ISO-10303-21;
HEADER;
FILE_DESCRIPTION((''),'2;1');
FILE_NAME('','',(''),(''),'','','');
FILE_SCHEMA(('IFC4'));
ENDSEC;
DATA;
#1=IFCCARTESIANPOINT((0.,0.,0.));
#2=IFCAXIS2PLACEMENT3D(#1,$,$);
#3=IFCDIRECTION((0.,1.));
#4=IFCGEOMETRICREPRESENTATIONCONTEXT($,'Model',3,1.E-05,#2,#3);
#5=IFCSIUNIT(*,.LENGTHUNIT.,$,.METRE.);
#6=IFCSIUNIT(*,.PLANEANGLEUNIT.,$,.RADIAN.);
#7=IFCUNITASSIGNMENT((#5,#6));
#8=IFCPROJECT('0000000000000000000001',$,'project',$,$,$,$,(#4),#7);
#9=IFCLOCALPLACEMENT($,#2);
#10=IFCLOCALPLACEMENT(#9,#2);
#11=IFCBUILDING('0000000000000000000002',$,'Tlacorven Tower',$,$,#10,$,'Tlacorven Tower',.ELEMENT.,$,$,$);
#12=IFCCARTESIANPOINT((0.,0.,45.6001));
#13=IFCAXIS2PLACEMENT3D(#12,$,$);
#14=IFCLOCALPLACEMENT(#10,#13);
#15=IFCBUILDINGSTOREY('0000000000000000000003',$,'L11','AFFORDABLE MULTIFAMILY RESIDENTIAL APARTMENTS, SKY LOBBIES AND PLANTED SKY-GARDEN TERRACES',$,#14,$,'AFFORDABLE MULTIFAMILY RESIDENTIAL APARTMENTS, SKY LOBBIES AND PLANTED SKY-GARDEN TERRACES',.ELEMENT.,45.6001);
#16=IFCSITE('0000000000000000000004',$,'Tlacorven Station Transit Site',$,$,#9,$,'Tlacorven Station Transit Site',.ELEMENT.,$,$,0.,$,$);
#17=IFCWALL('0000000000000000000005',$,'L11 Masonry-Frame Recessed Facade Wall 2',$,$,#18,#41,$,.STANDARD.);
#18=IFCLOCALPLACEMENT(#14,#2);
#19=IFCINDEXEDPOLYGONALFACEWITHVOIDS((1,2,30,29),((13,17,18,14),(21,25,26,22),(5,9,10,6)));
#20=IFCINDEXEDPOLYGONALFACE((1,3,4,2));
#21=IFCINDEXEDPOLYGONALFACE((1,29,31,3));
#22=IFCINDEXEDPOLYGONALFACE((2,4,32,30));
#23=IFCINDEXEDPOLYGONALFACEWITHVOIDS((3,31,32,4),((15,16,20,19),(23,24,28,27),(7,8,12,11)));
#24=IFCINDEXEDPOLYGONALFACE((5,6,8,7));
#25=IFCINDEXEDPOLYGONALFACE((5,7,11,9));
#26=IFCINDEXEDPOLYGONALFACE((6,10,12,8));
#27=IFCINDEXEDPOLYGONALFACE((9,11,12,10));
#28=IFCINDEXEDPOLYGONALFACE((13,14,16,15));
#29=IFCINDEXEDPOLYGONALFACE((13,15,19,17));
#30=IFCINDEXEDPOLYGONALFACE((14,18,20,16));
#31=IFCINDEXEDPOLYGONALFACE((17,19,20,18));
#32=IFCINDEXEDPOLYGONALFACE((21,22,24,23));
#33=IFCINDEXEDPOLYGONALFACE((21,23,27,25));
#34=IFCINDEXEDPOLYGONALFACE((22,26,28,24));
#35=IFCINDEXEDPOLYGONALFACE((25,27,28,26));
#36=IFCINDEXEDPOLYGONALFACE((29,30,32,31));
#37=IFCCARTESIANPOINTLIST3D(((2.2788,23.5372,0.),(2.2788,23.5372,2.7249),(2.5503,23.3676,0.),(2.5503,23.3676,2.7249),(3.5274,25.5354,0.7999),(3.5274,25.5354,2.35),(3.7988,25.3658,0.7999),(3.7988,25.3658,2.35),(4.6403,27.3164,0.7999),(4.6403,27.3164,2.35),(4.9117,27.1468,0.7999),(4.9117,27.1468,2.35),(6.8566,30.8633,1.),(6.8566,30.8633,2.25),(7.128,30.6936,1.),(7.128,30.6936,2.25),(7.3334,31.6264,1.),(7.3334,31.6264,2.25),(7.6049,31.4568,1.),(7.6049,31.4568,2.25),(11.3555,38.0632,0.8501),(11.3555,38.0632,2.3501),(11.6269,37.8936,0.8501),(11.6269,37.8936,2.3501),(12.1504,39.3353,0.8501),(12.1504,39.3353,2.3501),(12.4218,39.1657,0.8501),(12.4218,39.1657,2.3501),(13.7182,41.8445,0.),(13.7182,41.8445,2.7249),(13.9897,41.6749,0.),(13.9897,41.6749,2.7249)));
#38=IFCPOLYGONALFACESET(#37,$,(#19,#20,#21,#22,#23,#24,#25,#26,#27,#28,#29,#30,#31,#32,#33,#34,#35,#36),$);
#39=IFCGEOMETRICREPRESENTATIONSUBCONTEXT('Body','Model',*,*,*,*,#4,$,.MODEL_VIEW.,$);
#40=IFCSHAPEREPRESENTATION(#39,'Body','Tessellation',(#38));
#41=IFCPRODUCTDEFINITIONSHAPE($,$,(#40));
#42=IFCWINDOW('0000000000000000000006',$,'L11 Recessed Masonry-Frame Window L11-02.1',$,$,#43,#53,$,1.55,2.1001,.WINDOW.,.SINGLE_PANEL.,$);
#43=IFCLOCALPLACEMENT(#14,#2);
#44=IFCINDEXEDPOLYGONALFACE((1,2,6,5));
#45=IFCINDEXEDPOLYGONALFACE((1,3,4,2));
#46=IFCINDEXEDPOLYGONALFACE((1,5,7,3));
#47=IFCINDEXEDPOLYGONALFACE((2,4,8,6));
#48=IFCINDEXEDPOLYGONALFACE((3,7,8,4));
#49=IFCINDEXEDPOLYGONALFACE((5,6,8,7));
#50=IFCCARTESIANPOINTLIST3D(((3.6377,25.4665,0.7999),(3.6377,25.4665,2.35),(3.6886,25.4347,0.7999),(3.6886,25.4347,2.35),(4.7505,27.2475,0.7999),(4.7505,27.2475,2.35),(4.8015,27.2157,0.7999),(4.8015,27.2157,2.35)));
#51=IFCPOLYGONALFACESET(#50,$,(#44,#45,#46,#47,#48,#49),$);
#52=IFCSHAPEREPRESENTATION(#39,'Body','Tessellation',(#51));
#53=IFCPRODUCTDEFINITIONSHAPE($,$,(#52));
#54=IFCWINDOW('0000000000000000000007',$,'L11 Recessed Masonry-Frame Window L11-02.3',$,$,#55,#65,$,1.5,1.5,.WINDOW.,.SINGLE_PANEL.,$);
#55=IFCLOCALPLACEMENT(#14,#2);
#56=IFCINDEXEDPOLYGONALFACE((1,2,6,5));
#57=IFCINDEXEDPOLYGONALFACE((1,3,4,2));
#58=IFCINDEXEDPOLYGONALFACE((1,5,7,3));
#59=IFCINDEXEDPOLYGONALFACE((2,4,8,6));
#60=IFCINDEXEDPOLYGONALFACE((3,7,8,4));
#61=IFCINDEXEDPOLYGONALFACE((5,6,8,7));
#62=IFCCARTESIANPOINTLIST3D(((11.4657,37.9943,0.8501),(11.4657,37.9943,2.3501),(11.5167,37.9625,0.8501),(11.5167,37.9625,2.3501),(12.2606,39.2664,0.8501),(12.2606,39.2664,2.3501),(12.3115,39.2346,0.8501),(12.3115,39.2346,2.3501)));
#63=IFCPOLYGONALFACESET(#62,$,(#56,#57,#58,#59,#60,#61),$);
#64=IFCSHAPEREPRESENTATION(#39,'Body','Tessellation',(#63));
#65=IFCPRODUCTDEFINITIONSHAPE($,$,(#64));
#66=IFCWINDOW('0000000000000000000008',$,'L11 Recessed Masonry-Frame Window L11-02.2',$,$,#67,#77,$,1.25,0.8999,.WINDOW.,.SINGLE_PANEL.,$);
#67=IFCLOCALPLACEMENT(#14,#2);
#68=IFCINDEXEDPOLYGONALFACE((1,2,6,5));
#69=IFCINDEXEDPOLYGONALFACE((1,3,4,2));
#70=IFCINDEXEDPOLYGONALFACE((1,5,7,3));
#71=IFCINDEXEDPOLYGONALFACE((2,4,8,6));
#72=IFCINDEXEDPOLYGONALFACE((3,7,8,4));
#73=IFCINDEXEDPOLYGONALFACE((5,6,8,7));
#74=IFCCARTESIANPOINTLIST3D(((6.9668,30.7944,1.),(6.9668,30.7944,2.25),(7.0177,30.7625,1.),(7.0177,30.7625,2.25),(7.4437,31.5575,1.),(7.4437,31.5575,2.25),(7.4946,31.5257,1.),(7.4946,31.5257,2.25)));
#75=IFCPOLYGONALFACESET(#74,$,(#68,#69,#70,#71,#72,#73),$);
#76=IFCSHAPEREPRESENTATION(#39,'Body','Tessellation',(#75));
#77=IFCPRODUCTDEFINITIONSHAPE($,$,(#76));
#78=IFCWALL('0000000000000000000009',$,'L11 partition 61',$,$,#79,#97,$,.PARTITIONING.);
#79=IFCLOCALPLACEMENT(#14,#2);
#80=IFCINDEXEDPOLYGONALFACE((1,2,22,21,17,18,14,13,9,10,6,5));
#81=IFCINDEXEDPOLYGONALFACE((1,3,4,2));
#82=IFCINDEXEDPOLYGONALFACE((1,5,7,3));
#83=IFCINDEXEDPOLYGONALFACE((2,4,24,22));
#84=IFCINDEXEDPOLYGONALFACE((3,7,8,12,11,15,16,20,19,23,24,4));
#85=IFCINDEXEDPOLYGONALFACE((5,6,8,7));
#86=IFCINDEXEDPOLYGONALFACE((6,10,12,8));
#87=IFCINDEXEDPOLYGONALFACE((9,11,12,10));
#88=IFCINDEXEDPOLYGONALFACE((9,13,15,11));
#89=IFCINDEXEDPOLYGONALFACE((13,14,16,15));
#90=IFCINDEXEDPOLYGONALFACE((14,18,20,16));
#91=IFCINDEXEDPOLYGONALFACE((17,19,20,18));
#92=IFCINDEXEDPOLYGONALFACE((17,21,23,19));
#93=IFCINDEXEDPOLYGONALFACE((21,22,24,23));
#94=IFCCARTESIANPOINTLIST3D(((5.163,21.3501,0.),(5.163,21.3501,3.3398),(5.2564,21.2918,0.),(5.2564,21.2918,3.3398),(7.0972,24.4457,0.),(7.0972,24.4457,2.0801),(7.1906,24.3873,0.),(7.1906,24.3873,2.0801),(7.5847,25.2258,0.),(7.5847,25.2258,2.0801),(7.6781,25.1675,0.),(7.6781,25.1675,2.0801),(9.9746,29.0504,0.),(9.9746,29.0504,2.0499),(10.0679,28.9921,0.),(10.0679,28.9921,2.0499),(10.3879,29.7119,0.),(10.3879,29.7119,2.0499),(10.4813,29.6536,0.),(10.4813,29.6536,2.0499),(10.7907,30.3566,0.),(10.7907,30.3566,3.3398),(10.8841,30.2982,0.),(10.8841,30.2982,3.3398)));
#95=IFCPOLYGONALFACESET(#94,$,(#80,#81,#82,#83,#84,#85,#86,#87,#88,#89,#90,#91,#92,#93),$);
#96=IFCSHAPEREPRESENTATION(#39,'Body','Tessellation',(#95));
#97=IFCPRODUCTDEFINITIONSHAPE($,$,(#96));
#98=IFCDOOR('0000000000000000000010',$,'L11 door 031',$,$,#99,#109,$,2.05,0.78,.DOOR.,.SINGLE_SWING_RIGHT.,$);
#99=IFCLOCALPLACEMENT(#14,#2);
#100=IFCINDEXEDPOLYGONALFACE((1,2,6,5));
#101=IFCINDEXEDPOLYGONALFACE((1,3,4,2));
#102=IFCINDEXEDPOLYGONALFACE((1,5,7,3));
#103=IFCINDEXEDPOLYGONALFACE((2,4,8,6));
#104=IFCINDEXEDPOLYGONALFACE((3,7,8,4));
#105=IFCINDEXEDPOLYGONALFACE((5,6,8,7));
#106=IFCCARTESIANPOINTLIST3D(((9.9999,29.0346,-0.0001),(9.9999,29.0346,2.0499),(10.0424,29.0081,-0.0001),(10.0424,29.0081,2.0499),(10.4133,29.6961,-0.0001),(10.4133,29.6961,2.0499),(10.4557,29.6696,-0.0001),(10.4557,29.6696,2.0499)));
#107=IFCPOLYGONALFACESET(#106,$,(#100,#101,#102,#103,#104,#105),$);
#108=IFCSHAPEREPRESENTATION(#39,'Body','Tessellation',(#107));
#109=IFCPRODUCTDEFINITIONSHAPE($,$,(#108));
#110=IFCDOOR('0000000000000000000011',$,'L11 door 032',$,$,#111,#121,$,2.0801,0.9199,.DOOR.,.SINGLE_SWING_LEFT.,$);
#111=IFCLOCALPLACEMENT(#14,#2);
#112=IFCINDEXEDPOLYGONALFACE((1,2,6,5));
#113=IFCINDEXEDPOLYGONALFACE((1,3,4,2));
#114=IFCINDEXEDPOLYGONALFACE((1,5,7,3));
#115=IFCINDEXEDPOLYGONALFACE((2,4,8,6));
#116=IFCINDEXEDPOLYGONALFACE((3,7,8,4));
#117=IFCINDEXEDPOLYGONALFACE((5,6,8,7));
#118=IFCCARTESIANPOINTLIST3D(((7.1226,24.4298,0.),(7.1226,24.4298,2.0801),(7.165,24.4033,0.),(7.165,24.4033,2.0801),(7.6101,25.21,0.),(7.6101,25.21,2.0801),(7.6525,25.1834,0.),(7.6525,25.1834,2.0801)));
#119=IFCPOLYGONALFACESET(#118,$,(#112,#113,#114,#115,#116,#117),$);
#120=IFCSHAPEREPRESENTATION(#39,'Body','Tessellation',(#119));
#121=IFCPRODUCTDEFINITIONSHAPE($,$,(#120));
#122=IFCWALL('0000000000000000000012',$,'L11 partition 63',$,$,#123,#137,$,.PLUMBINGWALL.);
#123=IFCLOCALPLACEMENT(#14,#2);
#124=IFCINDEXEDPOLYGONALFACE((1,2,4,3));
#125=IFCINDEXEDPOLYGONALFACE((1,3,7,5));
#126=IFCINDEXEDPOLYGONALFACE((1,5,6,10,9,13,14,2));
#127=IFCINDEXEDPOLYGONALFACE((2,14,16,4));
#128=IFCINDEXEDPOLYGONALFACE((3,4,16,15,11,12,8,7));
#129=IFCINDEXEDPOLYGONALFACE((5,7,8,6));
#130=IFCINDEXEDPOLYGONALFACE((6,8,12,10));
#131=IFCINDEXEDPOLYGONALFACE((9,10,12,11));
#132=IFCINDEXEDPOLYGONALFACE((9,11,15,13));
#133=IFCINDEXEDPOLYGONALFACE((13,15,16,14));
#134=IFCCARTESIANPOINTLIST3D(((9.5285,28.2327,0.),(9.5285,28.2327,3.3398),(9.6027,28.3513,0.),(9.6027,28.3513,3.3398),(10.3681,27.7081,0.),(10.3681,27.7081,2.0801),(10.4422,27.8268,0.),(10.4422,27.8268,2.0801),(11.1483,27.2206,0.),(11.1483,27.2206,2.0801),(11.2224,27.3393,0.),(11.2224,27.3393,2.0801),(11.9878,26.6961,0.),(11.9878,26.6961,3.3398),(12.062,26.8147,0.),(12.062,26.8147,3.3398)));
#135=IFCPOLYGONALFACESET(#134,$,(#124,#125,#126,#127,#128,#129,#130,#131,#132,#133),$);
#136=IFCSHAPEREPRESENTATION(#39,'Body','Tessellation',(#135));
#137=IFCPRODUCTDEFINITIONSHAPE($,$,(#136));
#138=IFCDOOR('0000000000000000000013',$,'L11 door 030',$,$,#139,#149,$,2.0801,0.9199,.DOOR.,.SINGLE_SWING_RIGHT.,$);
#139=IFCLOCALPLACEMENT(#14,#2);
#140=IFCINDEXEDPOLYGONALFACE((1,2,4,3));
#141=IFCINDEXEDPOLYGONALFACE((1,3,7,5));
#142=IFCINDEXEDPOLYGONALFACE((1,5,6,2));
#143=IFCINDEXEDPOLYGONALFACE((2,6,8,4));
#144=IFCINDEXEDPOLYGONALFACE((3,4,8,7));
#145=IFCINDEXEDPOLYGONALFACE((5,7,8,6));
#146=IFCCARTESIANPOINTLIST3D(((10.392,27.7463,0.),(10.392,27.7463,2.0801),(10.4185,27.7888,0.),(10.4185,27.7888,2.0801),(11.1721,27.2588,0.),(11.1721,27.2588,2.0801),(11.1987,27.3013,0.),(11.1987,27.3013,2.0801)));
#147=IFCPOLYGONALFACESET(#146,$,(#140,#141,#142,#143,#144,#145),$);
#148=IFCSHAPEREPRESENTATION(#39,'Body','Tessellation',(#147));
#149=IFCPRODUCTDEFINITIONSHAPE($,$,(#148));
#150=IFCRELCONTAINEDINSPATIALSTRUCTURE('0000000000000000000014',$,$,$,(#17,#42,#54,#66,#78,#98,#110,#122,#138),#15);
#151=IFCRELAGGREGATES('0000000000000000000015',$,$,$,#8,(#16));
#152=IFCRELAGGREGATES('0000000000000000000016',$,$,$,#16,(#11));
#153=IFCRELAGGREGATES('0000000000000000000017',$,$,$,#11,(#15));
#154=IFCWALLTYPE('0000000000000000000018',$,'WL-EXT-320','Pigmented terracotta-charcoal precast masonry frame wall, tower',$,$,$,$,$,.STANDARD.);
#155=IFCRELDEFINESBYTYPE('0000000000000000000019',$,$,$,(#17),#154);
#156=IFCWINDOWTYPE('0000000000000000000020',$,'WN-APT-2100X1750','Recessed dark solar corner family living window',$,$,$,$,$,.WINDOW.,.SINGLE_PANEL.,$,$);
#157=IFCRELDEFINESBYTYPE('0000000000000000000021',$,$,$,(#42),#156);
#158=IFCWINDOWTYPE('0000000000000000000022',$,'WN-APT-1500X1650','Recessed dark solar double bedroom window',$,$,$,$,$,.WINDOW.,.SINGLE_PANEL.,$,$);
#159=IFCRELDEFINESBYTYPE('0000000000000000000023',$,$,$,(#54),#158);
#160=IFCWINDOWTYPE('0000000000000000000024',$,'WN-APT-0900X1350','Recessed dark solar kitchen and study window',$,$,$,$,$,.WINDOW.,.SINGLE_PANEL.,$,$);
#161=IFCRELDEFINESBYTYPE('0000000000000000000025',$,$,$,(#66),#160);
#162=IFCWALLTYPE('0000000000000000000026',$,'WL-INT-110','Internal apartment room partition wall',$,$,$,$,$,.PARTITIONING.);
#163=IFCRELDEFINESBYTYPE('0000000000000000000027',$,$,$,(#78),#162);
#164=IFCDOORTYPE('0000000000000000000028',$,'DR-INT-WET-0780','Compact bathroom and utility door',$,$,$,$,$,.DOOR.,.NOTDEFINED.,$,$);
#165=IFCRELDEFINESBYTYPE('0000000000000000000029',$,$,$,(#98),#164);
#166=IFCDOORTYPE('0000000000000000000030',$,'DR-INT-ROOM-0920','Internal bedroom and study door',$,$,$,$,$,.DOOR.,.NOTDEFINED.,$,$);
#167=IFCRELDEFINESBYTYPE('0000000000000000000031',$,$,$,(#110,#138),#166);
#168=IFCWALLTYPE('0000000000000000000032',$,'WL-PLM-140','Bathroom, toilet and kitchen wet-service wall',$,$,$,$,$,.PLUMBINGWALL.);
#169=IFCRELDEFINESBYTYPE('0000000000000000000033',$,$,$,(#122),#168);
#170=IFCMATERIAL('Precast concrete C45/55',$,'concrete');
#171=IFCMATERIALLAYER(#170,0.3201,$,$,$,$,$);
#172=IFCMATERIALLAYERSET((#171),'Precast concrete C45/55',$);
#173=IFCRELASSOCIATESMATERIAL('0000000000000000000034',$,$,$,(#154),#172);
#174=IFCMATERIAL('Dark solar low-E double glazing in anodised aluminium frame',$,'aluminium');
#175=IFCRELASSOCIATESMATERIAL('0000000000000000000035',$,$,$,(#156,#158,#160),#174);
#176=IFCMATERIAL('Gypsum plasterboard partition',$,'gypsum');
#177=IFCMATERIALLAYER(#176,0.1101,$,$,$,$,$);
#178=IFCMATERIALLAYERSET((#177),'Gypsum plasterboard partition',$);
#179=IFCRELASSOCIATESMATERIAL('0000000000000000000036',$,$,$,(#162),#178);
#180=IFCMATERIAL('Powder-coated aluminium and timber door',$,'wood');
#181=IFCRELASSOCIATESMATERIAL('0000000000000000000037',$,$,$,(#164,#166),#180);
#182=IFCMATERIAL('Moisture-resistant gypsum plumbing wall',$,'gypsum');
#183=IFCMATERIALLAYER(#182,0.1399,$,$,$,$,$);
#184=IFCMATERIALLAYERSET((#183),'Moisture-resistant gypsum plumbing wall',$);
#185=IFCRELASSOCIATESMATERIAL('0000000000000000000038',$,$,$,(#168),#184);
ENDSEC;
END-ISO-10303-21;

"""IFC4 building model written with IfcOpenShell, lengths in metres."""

from ifc_helpers import new_model, si_unit, direction, frame, frame_2d, origin, place, context, subcontext, project, spatial, rectangle, extrude, source, transform, mapped, material, layer, layer_set, type_object, element, fill, save


model = new_model("IFC4")

# Units and contexts
model_context = context("Model", 3, precision=1e-05, world=origin(), true_north=direction((0.0, 1.0)))
body_context = subcontext(model_context, "Body", "Model", "MODEL_VIEW")
ifc_project = project(units=[si_unit("LENGTHUNIT", "METRE"), si_unit("PLANEANGLEUNIT", "RADIAN")], contexts=[model_context])

# Site, building, storey
site_placement = place(None, origin())
site = spatial("IfcSite", under=ifc_project, at=site_placement, Name="Tlacorven Station Transit Site", LongName="Tlacorven Station Transit Site", CompositionType="ELEMENT", RefElevation=0.0)
building_placement = place(site_placement, origin())
building = spatial("IfcBuilding", under=site, at=building_placement, Name="Tlacorven Tower", LongName="Tlacorven Tower", CompositionType="ELEMENT")
storey_placement = place(building_placement, frame((0.0, 0.0, 45.6001)))
storey = spatial("IfcBuildingStorey", under=building, at=storey_placement, Name="L11", Description="AFFORDABLE MULTIFAMILY RESIDENTIAL APARTMENTS, SKY LOBBIES AND PLANTED SKY-GARDEN TERRACES", LongName="AFFORDABLE MULTIFAMILY RESIDENTIAL APARTMENTS, SKY LOBBIES AND PLANTED SKY-GARDEN TERRACES", CompositionType="ELEMENT", Elevation=45.6001)

# Wall, openings, windows
ifc_material_1 = material(Name="Precast concrete C45/55", Category="concrete")
ifc_layer_1 = layer(ifc_material_1, 0.3201)
ifc_layer_set_1 = layer_set([ifc_layer_1], Name="Precast concrete C45/55")
wall_type_1 = type_object("IfcWallType", Name="WL-EXT-320", Description="Pigmented terracotta-charcoal precast masonry frame wall, tower", PredefinedType="STANDARD", material=ifc_layer_set_1)
wall_1_placement = place(storey_placement, frame((2.4146, 23.4524, 0.0), z_axis=(0.0, 0.0, 1.0), x_axis=(0.52991, 0.848054, 0.0)))
wall_1 = element("IfcWall", 1, at=wall_1_placement, inside=storey, type_object=wall_type_1, Name="L11 Masonry-Frame Recessed Facade Wall 2", PredefinedType="STANDARD", context=body_context, shape_type="SweptSolid", body=[
    extrude(rectangle(XDim=21.5874, YDim=0.3201, at=frame_2d((10.7937, 0.0))), origin(), (0.0, 0.0, 1.0), 2.7249),
])
opening_1_placement = place(wall_1_placement, frame((2.3562, 0.0, 0.8)))
opening_1 = element("IfcOpeningElement", 2, at=opening_1_placement, cuts=wall_1, PredefinedType="OPENING", context=body_context, shape_type="SweptSolid", body=[
    extrude(rectangle(XDim=2.1001, YDim=1.55, at=frame_2d((1.05, 0.7749))), frame((0.0, 0.1699, 0.0), z_axis=(0.0, -1.0, 0.0), x_axis=(1.0, 0.0, 0.0)), (0.0, 0.0, 1.0), 0.3401),
])
opening_2_placement = place(wall_1_placement, frame((8.6387, 0.0, 1.0)))
opening_2 = element("IfcOpeningElement", 3, at=opening_2_placement, cuts=wall_1, PredefinedType="OPENING", context=body_context, shape_type="SweptSolid", body=[
    extrude(rectangle(XDim=0.8999, YDim=1.25, at=frame_2d((0.45, 0.625))), frame((0.0, 0.1699, 0.0), z_axis=(0.0, -1.0, 0.0), x_axis=(1.0, 0.0, 0.0)), (0.0, 0.0, 1.0), 0.3401),
])
opening_3_placement = place(wall_1_placement, frame((17.1287, 0.0, 0.8501)))
opening_3 = element("IfcOpeningElement", 4, at=opening_3_placement, cuts=wall_1, PredefinedType="OPENING", context=body_context, shape_type="SweptSolid", body=[
    extrude(rectangle(XDim=1.5, YDim=1.5, at=frame_2d((0.75, 0.75))), frame((0.0, 0.1699, 0.0), z_axis=(0.0, -1.0, 0.0), x_axis=(1.0, 0.0, 0.0)), (0.0, 0.0, 1.0), 0.3401),
])
ifc_material_2 = material(Name="Dark solar low-E double glazing in anodised aluminium frame", Category="aluminium")
window_type_1 = type_object("IfcWindowType", Name="WN-APT-2100X1750", Description="Recessed dark solar corner family living window", PartitioningType="SINGLE_PANEL", PredefinedType="WINDOW", material=ifc_material_2)
shared_shape_1 = source(origin(), body_context, "Body", "SweptSolid", [
    extrude(rectangle(XDim=2.1001, YDim=1.55, at=frame_2d((1.05, 0.7749))), frame((0.0, 0.03, 0.0), z_axis=(0.0, -1.0, 0.0), x_axis=(1.0, 0.0, 0.0)), (0.0, 0.0, 1.0), 0.0601),
])
window_1_placement = place(opening_1_placement, origin())
window_1 = element("IfcWindow", 5, at=window_1_placement, inside=storey, type_object=window_type_1, Name="L11 Recessed Masonry-Frame Window L11-02.1", OverallHeight=1.55, OverallWidth=2.1001, PartitioningType="SINGLE_PANEL", PredefinedType="WINDOW", context=body_context, shape_type="MappedRepresentation", body=[
    mapped(shared_shape_1, transform((0.0, 0.0, 0.0), scale=1.0)),
])
fill(opening_1, window_1)
window_type_2 = type_object("IfcWindowType", Name="WN-APT-1500X1650", Description="Recessed dark solar double bedroom window", PartitioningType="SINGLE_PANEL", PredefinedType="WINDOW", material=ifc_material_2)
shared_shape_2 = source(origin(), body_context, "Body", "SweptSolid", [
    extrude(rectangle(XDim=1.5, YDim=1.5, at=frame_2d((0.75, 0.75))), frame((0.0, 0.03, 0.0), z_axis=(0.0, -1.0, 0.0), x_axis=(1.0, 0.0, 0.0)), (0.0, 0.0, 1.0), 0.0601),
])
window_2_placement = place(opening_3_placement, origin())
window_2 = element("IfcWindow", 6, at=window_2_placement, inside=storey, type_object=window_type_2, Name="L11 Recessed Masonry-Frame Window L11-02.3", OverallHeight=1.5, OverallWidth=1.5, PartitioningType="SINGLE_PANEL", PredefinedType="WINDOW", context=body_context, shape_type="MappedRepresentation", body=[
    mapped(shared_shape_2, transform((0.0, 0.0, 0.0), scale=1.0)),
])
fill(opening_3, window_2)
window_type_3 = type_object("IfcWindowType", Name="WN-APT-0900X1350", Description="Recessed dark solar kitchen and study window", PartitioningType="SINGLE_PANEL", PredefinedType="WINDOW", material=ifc_material_2)
shared_shape_3 = source(origin(), body_context, "Body", "SweptSolid", [
    extrude(rectangle(XDim=0.8999, YDim=1.25, at=frame_2d((0.45, 0.625))), frame((0.0, 0.03, 0.0), z_axis=(0.0, -1.0, 0.0), x_axis=(1.0, 0.0, 0.0)), (0.0, 0.0, 1.0), 0.0601),
])
window_3_placement = place(opening_2_placement, origin())
window_3 = element("IfcWindow", 7, at=window_3_placement, inside=storey, type_object=window_type_3, Name="L11 Recessed Masonry-Frame Window L11-02.2", OverallHeight=1.25, OverallWidth=0.8999, PartitioningType="SINGLE_PANEL", PredefinedType="WINDOW", context=body_context, shape_type="MappedRepresentation", body=[
    mapped(shared_shape_3, transform((0.0, 0.0, 0.0), scale=1.0)),
])
fill(opening_2, window_3)

# Wall, openings, doors
ifc_material_3 = material(Name="Gypsum plasterboard partition", Category="gypsum")
ifc_layer_2 = layer(ifc_material_3, 0.1101)
ifc_layer_set_2 = layer_set([ifc_layer_2], Name="Gypsum plasterboard partition")
wall_type_2 = type_object("IfcWallType", Name="WL-INT-110", Description="Internal apartment room partition wall", PredefinedType="PARTITIONING", material=ifc_layer_set_2)
wall_2_placement = place(storey_placement, frame((10.8374, 30.3274, 0.0), z_axis=(0.0, 0.0, 1.0), x_axis=(-0.529912, -0.848053, 0.0)))
wall_2 = element("IfcWall", 8, at=wall_2_placement, inside=storey, type_object=wall_type_2, Name="L11 partition 61", PredefinedType="PARTITIONING", context=body_context, shape_type="SweptSolid", body=[
    extrude(rectangle(XDim=10.6201, YDim=0.1101, at=frame_2d((5.3101, 0.0))), origin(), (0.0, 0.0, 1.0), 3.3398),
])
opening_4_placement = place(wall_2_placement, frame((0.76, 0.0, 0.0)))
opening_4 = element("IfcOpeningElement", 9, at=opening_4_placement, cuts=wall_2, PredefinedType="OPENING", context=body_context, shape_type="SweptSolid", body=[
    extrude(rectangle(XDim=0.78, YDim=2.05, at=frame_2d((0.3901, 1.0249))), frame((0.0, 0.0649, 0.0), z_axis=(0.0, -1.0, 0.0), x_axis=(1.0, 0.0, 0.0)), (0.0, 0.0, 1.0), 0.1301),
])
opening_5_placement = place(wall_2_placement, frame((6.05, 0.0, 0.0)))
opening_5 = element("IfcOpeningElement", 10, at=opening_5_placement, cuts=wall_2, PredefinedType="OPENING", context=body_context, shape_type="SweptSolid", body=[
    extrude(rectangle(XDim=0.9199, YDim=2.0801, at=frame_2d((0.46, 1.04))), frame((0.0, 0.0649, 0.0), z_axis=(0.0, -1.0, 0.0), x_axis=(1.0, 0.0, 0.0)), (0.0, 0.0, 1.0), 0.1301),
])
ifc_material_4 = material(Name="Powder-coated aluminium and timber door", Category="wood")
door_type_1 = type_object("IfcDoorType", Name="DR-INT-WET-0780", Description="Compact bathroom and utility door", OperationType="NOTDEFINED", PredefinedType="DOOR", material=ifc_material_4)
shared_shape_4 = source(origin(), body_context, "Body", "SweptSolid", [
    extrude(rectangle(XDim=0.78, YDim=2.05, at=frame_2d((0.3901, 1.0249))), frame((0.0, 0.0249, 0.0), z_axis=(0.0, -1.0, 0.0), x_axis=(1.0, 0.0, 0.0)), (0.0, 0.0, 1.0), 0.05),
])
door_1_placement = place(opening_4_placement, origin())
door_1 = element("IfcDoor", 11, at=door_1_placement, inside=storey, type_object=door_type_1, Name="L11 door 031", OperationType="SINGLE_SWING_RIGHT", OverallHeight=2.05, OverallWidth=0.78, PredefinedType="DOOR", context=body_context, shape_type="MappedRepresentation", body=[
    mapped(shared_shape_4, transform((0.0, 0.0, 0.0), scale=1.0)),
])
fill(opening_4, door_1)
door_type_2 = type_object("IfcDoorType", Name="DR-INT-ROOM-0920", Description="Internal bedroom and study door", OperationType="NOTDEFINED", PredefinedType="DOOR", material=ifc_material_4)
shared_shape_5 = source(origin(), body_context, "Body", "SweptSolid", [
    extrude(rectangle(XDim=0.9199, YDim=2.0801, at=frame_2d((0.46, 1.04))), frame((0.0, 0.0249, 0.0), z_axis=(0.0, -1.0, 0.0), x_axis=(1.0, 0.0, 0.0)), (0.0, 0.0, 1.0), 0.05),
])
door_2_placement = place(opening_5_placement, origin())
door_2 = element("IfcDoor", 12, at=door_2_placement, inside=storey, type_object=door_type_2, Name="L11 door 032", OperationType="SINGLE_SWING_LEFT", OverallHeight=2.0801, OverallWidth=0.9199, PredefinedType="DOOR", context=body_context, shape_type="MappedRepresentation", body=[
    mapped(shared_shape_5, transform((0.0, 0.0, 0.0), scale=1.0)),
])
fill(opening_5, door_2)

# Wall, opening, door
ifc_material_5 = material(Name="Moisture-resistant gypsum plumbing wall", Category="gypsum")
ifc_layer_3 = layer(ifc_material_5, 0.1399)
ifc_layer_set_3 = layer_set([ifc_layer_3], Name="Moisture-resistant gypsum plumbing wall")
wall_type_3 = type_object("IfcWallType", Name="WL-PLM-140", Description="Bathroom, toilet and kitchen wet-service wall", PredefinedType="PLUMBINGWALL", material=ifc_layer_set_3)
wall_3_placement = place(storey_placement, frame((12.0249, 26.7554, 0.0), z_axis=(0.0, 0.0, 1.0), x_axis=(-0.84806, 0.529901, 0.0)))
wall_3 = element("IfcWall", 13, at=wall_3_placement, inside=storey, type_object=wall_type_3, Name="L11 partition 63", PredefinedType="PLUMBINGWALL", context=body_context, shape_type="SweptSolid", body=[
    extrude(rectangle(XDim=2.8999, YDim=0.1399, at=frame_2d((1.45, 0.0))), origin(), (0.0, 0.0, 1.0), 3.3398),
])
opening_6_placement = place(wall_3_placement, frame((0.99, 0.0, 0.0)))
opening_6 = element("IfcOpeningElement", 14, at=opening_6_placement, cuts=wall_3, PredefinedType="OPENING", context=body_context, shape_type="SweptSolid", body=[
    extrude(rectangle(XDim=0.9199, YDim=2.0801, at=frame_2d((0.46, 1.04))), frame((0.0, 0.0801, 0.0), z_axis=(0.0, -1.0, 0.0), x_axis=(1.0, 0.0, 0.0)), (0.0, 0.0, 1.0), 0.1599),
])
door_3_placement = place(opening_6_placement, origin())
door_3 = element("IfcDoor", 15, at=door_3_placement, inside=storey, type_object=door_type_2, Name="L11 door 030", OperationType="SINGLE_SWING_RIGHT", OverallHeight=2.0801, OverallWidth=0.9199, PredefinedType="DOOR", context=body_context, shape_type="MappedRepresentation", body=[
    mapped(shared_shape_5, transform((0.0, 0.0, 0.0), scale=1.0)),
])
fill(opening_6, door_3)

save(model, "model.ifc")
